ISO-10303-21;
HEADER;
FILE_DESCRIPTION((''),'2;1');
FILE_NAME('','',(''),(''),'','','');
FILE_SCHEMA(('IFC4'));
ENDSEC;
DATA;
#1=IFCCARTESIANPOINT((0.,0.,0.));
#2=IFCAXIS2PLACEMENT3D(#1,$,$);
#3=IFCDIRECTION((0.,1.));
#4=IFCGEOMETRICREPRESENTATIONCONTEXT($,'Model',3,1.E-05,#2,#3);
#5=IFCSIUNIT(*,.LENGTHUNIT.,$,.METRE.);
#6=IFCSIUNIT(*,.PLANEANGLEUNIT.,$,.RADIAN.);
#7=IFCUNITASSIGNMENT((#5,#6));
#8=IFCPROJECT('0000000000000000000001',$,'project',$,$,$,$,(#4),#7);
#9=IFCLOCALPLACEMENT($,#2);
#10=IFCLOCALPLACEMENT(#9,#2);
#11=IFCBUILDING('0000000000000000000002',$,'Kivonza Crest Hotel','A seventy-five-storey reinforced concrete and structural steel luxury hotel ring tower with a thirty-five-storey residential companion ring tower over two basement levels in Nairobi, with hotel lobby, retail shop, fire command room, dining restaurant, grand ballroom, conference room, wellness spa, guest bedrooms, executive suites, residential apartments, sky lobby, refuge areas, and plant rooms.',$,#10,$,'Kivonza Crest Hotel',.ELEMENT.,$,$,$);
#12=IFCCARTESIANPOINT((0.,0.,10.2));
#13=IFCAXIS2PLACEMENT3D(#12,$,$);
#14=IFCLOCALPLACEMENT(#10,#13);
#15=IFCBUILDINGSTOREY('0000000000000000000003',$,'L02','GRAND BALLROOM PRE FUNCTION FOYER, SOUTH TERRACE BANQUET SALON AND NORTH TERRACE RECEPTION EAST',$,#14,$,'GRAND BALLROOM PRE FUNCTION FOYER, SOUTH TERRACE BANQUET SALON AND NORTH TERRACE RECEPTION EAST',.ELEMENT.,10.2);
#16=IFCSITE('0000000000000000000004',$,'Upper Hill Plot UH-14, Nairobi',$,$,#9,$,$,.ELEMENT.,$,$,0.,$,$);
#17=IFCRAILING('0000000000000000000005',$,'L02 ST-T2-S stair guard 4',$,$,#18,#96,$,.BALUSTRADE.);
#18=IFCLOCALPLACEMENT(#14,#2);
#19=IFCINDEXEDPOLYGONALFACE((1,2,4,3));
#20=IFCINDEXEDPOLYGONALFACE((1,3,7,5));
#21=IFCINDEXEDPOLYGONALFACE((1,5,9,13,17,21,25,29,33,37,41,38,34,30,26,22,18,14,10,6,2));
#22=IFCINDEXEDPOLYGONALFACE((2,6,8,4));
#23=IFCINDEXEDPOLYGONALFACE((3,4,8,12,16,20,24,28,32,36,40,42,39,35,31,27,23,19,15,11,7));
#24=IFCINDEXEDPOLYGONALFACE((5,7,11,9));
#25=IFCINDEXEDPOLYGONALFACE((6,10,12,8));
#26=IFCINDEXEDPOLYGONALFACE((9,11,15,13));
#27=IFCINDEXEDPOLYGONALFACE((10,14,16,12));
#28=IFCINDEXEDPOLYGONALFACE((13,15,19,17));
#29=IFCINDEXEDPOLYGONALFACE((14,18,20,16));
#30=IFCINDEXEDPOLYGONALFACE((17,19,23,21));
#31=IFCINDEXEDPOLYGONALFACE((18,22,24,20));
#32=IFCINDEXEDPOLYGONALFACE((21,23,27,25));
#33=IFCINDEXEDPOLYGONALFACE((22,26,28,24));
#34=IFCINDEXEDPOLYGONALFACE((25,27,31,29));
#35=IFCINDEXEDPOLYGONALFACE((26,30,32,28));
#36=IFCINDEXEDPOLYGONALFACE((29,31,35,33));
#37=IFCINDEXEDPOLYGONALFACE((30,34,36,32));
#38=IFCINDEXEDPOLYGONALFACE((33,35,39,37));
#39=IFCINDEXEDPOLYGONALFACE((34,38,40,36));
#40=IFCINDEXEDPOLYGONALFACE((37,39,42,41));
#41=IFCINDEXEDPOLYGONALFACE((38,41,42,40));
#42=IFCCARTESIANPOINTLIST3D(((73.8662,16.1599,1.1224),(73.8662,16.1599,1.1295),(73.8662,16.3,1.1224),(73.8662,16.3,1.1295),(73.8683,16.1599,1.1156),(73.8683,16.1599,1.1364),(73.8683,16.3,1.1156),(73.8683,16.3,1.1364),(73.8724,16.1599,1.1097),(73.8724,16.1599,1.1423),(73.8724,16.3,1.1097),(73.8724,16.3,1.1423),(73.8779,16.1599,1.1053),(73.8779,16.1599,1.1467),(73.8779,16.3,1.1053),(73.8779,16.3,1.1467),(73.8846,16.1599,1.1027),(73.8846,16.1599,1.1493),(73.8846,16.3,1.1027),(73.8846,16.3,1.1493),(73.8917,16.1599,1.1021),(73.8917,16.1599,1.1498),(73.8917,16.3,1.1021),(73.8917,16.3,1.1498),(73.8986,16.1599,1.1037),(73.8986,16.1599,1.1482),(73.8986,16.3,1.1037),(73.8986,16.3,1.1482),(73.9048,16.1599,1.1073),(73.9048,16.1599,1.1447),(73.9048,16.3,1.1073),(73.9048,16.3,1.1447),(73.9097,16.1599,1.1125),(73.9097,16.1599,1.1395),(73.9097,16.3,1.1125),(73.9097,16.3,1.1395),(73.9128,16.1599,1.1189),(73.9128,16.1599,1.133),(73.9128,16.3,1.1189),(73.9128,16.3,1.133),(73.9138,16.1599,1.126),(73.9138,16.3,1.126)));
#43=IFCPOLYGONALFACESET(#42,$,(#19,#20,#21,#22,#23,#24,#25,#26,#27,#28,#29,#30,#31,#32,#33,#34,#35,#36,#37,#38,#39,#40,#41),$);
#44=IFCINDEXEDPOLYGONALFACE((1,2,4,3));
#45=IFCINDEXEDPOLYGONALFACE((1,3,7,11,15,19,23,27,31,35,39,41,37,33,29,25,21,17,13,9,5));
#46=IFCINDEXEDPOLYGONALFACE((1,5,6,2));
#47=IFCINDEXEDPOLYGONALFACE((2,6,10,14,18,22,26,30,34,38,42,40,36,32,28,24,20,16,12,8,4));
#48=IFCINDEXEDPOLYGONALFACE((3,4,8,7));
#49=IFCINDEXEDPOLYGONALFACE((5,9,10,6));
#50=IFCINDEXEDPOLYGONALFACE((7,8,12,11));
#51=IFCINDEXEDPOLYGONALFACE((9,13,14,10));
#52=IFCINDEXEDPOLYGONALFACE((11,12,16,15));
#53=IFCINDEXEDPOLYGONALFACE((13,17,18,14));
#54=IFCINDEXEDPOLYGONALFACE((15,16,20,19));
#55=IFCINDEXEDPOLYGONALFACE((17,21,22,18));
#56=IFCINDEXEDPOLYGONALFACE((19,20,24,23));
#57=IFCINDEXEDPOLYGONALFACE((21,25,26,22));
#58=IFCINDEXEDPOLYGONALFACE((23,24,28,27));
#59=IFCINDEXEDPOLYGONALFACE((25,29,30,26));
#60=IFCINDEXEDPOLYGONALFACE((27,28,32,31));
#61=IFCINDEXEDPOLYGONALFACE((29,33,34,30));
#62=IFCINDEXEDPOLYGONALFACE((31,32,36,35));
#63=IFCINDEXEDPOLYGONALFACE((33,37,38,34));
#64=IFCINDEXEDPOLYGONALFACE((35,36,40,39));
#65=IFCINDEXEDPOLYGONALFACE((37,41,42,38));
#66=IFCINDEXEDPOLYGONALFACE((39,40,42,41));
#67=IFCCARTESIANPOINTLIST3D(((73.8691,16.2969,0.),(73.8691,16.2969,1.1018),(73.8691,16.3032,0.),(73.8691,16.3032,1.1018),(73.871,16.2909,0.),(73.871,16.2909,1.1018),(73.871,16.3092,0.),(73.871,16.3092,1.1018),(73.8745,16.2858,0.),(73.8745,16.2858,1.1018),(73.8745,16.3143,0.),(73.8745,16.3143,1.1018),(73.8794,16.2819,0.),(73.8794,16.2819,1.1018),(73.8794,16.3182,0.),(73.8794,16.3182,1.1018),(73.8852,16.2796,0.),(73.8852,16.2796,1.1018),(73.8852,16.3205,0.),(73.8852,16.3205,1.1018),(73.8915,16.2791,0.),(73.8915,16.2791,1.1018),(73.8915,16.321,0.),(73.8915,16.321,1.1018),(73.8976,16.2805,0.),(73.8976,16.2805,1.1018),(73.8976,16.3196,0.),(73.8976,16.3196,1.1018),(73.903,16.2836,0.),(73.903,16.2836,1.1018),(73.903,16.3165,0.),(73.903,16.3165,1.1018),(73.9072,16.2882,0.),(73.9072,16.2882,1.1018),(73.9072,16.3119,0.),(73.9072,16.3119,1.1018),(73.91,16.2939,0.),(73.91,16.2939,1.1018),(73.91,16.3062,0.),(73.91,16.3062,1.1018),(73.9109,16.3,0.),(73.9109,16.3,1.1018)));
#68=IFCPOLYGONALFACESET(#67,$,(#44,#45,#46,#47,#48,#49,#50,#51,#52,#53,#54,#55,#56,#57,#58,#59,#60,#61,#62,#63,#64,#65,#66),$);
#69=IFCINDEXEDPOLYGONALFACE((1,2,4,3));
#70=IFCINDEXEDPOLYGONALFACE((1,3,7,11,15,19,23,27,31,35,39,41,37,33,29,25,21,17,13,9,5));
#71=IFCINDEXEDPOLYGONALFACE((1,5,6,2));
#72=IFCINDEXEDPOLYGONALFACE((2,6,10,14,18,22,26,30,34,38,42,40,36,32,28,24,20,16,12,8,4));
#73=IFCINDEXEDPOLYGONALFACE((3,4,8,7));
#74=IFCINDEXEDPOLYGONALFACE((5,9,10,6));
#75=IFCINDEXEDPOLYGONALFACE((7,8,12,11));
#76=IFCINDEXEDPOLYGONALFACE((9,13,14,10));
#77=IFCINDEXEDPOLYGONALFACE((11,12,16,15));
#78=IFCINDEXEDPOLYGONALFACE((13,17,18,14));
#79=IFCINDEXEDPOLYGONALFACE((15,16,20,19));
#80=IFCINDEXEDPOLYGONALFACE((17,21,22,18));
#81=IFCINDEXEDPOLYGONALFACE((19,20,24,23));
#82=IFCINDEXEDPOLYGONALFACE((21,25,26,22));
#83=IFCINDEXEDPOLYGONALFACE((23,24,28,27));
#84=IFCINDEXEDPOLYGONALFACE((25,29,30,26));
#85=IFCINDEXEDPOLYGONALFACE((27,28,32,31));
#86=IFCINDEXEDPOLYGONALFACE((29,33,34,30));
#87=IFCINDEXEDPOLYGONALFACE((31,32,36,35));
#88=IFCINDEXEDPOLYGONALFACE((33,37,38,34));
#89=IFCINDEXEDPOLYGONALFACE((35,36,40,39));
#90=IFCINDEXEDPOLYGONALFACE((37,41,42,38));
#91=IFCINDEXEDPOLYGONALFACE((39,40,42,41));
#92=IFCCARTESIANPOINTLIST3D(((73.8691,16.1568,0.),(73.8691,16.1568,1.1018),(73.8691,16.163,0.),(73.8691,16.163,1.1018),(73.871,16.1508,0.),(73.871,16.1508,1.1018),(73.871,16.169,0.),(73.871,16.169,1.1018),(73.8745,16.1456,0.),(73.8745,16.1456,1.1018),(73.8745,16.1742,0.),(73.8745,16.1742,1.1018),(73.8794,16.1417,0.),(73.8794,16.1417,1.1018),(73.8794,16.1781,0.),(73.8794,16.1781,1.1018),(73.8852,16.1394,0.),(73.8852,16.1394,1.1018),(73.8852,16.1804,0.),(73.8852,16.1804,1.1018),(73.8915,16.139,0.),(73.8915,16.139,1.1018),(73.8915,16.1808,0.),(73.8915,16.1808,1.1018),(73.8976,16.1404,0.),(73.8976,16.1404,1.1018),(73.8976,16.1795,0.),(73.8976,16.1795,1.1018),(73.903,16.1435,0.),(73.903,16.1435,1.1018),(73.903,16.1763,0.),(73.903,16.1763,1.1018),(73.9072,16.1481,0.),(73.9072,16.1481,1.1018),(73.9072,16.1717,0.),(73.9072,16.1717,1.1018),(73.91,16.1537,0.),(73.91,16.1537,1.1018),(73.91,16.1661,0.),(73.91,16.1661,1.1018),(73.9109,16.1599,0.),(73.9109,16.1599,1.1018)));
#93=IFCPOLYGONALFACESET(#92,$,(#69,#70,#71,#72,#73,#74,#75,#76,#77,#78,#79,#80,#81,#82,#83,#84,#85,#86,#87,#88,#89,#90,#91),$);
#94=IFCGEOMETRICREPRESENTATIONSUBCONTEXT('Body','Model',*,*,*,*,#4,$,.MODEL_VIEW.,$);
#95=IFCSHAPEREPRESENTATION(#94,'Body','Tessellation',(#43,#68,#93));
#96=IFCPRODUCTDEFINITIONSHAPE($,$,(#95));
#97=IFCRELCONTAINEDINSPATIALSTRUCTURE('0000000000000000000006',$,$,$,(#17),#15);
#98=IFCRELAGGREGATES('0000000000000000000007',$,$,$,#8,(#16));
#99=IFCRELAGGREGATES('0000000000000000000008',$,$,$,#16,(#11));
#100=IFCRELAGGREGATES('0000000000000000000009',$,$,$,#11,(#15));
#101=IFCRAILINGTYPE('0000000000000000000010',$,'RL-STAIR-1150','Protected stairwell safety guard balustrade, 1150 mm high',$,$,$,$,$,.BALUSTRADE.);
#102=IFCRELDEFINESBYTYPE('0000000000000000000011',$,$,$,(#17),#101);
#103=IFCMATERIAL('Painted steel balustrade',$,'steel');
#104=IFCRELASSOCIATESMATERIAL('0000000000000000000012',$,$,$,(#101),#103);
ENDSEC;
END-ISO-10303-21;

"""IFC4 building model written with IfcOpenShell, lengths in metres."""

from ifc_helpers import new_model, si_unit, direction, frame, origin, origin_2d, place, context, subcontext, project, spatial, circle, extrude, material, type_object, element, save


model = new_model("IFC4")

# Units and contexts
model_context = context("Model", 3, precision=1e-05, world=origin(), true_north=direction((0.0, 1.0)))
body_context = subcontext(model_context, "Body", "Model", "MODEL_VIEW")
ifc_project = project(units=[si_unit("LENGTHUNIT", "METRE"), si_unit("PLANEANGLEUNIT", "RADIAN")], contexts=[model_context])

# Site, building, storey
site_placement = place(None, origin())
site = spatial("IfcSite", under=ifc_project, at=site_placement, Name="Upper Hill Plot UH-14, Nairobi", CompositionType="ELEMENT", RefElevation=0.0)
building_placement = place(site_placement, origin())
building = spatial("IfcBuilding", under=site, at=building_placement, Name="Kivonza Crest Hotel", Description="A seventy-five-storey reinforced concrete and structural steel luxury hotel ring tower with a thirty-five-storey residential companion ring tower over two basement levels in Nairobi, with hotel lobby, retail shop, fire command room, dining restaurant, grand ballroom, conference room, wellness spa, guest bedrooms, executive suites, residential apartments, sky lobby, refuge areas, and plant rooms.", LongName="Kivonza Crest Hotel", CompositionType="ELEMENT")
storey_placement = place(building_placement, frame((0.0, 0.0, 10.2)))
storey = spatial("IfcBuildingStorey", under=building, at=storey_placement, Name="L02", Description="GRAND BALLROOM PRE FUNCTION FOYER, SOUTH TERRACE BANQUET SALON AND NORTH TERRACE RECEPTION EAST", LongName="GRAND BALLROOM PRE FUNCTION FOYER, SOUTH TERRACE BANQUET SALON AND NORTH TERRACE RECEPTION EAST", CompositionType="ELEMENT", Elevation=10.2)

# Railing
ifc_material_1 = material(Name="Painted steel balustrade", Category="steel")
railing_type_1 = type_object("IfcRailingType", Name="RL-STAIR-1150", Description="Protected stairwell safety guard balustrade, 1150 mm high", PredefinedType="BALUSTRADE", material=ifc_material_1)
railing_1_placement = place(storey_placement, frame((73.8899, 16.3, 0.0)))
element("IfcRailing", 1, at=railing_1_placement, inside=storey, type_object=railing_type_1, Name="L02 ST-T2-S stair guard 4", PredefinedType="BALUSTRADE", context=body_context, shape_type="SweptSolid", body=[
    extrude(circle(Radius=0.0239, at=origin_2d()), frame((0.0, 0.0, 1.126), z_axis=(0.0, -1.0, 0.0), x_axis=(1.0, 0.0, 0.0)), (0.0, 0.0, 1.0), 0.1401),
    extrude(circle(Radius=0.021, at=origin_2d()), origin(), (0.0, 0.0, 1.0), 1.1018),
    extrude(circle(Radius=0.021, at=origin_2d()), frame((0.0, -0.1401, 0.0)), (0.0, 0.0, 1.0), 1.1018),
])

save(model, "model.ifc")
